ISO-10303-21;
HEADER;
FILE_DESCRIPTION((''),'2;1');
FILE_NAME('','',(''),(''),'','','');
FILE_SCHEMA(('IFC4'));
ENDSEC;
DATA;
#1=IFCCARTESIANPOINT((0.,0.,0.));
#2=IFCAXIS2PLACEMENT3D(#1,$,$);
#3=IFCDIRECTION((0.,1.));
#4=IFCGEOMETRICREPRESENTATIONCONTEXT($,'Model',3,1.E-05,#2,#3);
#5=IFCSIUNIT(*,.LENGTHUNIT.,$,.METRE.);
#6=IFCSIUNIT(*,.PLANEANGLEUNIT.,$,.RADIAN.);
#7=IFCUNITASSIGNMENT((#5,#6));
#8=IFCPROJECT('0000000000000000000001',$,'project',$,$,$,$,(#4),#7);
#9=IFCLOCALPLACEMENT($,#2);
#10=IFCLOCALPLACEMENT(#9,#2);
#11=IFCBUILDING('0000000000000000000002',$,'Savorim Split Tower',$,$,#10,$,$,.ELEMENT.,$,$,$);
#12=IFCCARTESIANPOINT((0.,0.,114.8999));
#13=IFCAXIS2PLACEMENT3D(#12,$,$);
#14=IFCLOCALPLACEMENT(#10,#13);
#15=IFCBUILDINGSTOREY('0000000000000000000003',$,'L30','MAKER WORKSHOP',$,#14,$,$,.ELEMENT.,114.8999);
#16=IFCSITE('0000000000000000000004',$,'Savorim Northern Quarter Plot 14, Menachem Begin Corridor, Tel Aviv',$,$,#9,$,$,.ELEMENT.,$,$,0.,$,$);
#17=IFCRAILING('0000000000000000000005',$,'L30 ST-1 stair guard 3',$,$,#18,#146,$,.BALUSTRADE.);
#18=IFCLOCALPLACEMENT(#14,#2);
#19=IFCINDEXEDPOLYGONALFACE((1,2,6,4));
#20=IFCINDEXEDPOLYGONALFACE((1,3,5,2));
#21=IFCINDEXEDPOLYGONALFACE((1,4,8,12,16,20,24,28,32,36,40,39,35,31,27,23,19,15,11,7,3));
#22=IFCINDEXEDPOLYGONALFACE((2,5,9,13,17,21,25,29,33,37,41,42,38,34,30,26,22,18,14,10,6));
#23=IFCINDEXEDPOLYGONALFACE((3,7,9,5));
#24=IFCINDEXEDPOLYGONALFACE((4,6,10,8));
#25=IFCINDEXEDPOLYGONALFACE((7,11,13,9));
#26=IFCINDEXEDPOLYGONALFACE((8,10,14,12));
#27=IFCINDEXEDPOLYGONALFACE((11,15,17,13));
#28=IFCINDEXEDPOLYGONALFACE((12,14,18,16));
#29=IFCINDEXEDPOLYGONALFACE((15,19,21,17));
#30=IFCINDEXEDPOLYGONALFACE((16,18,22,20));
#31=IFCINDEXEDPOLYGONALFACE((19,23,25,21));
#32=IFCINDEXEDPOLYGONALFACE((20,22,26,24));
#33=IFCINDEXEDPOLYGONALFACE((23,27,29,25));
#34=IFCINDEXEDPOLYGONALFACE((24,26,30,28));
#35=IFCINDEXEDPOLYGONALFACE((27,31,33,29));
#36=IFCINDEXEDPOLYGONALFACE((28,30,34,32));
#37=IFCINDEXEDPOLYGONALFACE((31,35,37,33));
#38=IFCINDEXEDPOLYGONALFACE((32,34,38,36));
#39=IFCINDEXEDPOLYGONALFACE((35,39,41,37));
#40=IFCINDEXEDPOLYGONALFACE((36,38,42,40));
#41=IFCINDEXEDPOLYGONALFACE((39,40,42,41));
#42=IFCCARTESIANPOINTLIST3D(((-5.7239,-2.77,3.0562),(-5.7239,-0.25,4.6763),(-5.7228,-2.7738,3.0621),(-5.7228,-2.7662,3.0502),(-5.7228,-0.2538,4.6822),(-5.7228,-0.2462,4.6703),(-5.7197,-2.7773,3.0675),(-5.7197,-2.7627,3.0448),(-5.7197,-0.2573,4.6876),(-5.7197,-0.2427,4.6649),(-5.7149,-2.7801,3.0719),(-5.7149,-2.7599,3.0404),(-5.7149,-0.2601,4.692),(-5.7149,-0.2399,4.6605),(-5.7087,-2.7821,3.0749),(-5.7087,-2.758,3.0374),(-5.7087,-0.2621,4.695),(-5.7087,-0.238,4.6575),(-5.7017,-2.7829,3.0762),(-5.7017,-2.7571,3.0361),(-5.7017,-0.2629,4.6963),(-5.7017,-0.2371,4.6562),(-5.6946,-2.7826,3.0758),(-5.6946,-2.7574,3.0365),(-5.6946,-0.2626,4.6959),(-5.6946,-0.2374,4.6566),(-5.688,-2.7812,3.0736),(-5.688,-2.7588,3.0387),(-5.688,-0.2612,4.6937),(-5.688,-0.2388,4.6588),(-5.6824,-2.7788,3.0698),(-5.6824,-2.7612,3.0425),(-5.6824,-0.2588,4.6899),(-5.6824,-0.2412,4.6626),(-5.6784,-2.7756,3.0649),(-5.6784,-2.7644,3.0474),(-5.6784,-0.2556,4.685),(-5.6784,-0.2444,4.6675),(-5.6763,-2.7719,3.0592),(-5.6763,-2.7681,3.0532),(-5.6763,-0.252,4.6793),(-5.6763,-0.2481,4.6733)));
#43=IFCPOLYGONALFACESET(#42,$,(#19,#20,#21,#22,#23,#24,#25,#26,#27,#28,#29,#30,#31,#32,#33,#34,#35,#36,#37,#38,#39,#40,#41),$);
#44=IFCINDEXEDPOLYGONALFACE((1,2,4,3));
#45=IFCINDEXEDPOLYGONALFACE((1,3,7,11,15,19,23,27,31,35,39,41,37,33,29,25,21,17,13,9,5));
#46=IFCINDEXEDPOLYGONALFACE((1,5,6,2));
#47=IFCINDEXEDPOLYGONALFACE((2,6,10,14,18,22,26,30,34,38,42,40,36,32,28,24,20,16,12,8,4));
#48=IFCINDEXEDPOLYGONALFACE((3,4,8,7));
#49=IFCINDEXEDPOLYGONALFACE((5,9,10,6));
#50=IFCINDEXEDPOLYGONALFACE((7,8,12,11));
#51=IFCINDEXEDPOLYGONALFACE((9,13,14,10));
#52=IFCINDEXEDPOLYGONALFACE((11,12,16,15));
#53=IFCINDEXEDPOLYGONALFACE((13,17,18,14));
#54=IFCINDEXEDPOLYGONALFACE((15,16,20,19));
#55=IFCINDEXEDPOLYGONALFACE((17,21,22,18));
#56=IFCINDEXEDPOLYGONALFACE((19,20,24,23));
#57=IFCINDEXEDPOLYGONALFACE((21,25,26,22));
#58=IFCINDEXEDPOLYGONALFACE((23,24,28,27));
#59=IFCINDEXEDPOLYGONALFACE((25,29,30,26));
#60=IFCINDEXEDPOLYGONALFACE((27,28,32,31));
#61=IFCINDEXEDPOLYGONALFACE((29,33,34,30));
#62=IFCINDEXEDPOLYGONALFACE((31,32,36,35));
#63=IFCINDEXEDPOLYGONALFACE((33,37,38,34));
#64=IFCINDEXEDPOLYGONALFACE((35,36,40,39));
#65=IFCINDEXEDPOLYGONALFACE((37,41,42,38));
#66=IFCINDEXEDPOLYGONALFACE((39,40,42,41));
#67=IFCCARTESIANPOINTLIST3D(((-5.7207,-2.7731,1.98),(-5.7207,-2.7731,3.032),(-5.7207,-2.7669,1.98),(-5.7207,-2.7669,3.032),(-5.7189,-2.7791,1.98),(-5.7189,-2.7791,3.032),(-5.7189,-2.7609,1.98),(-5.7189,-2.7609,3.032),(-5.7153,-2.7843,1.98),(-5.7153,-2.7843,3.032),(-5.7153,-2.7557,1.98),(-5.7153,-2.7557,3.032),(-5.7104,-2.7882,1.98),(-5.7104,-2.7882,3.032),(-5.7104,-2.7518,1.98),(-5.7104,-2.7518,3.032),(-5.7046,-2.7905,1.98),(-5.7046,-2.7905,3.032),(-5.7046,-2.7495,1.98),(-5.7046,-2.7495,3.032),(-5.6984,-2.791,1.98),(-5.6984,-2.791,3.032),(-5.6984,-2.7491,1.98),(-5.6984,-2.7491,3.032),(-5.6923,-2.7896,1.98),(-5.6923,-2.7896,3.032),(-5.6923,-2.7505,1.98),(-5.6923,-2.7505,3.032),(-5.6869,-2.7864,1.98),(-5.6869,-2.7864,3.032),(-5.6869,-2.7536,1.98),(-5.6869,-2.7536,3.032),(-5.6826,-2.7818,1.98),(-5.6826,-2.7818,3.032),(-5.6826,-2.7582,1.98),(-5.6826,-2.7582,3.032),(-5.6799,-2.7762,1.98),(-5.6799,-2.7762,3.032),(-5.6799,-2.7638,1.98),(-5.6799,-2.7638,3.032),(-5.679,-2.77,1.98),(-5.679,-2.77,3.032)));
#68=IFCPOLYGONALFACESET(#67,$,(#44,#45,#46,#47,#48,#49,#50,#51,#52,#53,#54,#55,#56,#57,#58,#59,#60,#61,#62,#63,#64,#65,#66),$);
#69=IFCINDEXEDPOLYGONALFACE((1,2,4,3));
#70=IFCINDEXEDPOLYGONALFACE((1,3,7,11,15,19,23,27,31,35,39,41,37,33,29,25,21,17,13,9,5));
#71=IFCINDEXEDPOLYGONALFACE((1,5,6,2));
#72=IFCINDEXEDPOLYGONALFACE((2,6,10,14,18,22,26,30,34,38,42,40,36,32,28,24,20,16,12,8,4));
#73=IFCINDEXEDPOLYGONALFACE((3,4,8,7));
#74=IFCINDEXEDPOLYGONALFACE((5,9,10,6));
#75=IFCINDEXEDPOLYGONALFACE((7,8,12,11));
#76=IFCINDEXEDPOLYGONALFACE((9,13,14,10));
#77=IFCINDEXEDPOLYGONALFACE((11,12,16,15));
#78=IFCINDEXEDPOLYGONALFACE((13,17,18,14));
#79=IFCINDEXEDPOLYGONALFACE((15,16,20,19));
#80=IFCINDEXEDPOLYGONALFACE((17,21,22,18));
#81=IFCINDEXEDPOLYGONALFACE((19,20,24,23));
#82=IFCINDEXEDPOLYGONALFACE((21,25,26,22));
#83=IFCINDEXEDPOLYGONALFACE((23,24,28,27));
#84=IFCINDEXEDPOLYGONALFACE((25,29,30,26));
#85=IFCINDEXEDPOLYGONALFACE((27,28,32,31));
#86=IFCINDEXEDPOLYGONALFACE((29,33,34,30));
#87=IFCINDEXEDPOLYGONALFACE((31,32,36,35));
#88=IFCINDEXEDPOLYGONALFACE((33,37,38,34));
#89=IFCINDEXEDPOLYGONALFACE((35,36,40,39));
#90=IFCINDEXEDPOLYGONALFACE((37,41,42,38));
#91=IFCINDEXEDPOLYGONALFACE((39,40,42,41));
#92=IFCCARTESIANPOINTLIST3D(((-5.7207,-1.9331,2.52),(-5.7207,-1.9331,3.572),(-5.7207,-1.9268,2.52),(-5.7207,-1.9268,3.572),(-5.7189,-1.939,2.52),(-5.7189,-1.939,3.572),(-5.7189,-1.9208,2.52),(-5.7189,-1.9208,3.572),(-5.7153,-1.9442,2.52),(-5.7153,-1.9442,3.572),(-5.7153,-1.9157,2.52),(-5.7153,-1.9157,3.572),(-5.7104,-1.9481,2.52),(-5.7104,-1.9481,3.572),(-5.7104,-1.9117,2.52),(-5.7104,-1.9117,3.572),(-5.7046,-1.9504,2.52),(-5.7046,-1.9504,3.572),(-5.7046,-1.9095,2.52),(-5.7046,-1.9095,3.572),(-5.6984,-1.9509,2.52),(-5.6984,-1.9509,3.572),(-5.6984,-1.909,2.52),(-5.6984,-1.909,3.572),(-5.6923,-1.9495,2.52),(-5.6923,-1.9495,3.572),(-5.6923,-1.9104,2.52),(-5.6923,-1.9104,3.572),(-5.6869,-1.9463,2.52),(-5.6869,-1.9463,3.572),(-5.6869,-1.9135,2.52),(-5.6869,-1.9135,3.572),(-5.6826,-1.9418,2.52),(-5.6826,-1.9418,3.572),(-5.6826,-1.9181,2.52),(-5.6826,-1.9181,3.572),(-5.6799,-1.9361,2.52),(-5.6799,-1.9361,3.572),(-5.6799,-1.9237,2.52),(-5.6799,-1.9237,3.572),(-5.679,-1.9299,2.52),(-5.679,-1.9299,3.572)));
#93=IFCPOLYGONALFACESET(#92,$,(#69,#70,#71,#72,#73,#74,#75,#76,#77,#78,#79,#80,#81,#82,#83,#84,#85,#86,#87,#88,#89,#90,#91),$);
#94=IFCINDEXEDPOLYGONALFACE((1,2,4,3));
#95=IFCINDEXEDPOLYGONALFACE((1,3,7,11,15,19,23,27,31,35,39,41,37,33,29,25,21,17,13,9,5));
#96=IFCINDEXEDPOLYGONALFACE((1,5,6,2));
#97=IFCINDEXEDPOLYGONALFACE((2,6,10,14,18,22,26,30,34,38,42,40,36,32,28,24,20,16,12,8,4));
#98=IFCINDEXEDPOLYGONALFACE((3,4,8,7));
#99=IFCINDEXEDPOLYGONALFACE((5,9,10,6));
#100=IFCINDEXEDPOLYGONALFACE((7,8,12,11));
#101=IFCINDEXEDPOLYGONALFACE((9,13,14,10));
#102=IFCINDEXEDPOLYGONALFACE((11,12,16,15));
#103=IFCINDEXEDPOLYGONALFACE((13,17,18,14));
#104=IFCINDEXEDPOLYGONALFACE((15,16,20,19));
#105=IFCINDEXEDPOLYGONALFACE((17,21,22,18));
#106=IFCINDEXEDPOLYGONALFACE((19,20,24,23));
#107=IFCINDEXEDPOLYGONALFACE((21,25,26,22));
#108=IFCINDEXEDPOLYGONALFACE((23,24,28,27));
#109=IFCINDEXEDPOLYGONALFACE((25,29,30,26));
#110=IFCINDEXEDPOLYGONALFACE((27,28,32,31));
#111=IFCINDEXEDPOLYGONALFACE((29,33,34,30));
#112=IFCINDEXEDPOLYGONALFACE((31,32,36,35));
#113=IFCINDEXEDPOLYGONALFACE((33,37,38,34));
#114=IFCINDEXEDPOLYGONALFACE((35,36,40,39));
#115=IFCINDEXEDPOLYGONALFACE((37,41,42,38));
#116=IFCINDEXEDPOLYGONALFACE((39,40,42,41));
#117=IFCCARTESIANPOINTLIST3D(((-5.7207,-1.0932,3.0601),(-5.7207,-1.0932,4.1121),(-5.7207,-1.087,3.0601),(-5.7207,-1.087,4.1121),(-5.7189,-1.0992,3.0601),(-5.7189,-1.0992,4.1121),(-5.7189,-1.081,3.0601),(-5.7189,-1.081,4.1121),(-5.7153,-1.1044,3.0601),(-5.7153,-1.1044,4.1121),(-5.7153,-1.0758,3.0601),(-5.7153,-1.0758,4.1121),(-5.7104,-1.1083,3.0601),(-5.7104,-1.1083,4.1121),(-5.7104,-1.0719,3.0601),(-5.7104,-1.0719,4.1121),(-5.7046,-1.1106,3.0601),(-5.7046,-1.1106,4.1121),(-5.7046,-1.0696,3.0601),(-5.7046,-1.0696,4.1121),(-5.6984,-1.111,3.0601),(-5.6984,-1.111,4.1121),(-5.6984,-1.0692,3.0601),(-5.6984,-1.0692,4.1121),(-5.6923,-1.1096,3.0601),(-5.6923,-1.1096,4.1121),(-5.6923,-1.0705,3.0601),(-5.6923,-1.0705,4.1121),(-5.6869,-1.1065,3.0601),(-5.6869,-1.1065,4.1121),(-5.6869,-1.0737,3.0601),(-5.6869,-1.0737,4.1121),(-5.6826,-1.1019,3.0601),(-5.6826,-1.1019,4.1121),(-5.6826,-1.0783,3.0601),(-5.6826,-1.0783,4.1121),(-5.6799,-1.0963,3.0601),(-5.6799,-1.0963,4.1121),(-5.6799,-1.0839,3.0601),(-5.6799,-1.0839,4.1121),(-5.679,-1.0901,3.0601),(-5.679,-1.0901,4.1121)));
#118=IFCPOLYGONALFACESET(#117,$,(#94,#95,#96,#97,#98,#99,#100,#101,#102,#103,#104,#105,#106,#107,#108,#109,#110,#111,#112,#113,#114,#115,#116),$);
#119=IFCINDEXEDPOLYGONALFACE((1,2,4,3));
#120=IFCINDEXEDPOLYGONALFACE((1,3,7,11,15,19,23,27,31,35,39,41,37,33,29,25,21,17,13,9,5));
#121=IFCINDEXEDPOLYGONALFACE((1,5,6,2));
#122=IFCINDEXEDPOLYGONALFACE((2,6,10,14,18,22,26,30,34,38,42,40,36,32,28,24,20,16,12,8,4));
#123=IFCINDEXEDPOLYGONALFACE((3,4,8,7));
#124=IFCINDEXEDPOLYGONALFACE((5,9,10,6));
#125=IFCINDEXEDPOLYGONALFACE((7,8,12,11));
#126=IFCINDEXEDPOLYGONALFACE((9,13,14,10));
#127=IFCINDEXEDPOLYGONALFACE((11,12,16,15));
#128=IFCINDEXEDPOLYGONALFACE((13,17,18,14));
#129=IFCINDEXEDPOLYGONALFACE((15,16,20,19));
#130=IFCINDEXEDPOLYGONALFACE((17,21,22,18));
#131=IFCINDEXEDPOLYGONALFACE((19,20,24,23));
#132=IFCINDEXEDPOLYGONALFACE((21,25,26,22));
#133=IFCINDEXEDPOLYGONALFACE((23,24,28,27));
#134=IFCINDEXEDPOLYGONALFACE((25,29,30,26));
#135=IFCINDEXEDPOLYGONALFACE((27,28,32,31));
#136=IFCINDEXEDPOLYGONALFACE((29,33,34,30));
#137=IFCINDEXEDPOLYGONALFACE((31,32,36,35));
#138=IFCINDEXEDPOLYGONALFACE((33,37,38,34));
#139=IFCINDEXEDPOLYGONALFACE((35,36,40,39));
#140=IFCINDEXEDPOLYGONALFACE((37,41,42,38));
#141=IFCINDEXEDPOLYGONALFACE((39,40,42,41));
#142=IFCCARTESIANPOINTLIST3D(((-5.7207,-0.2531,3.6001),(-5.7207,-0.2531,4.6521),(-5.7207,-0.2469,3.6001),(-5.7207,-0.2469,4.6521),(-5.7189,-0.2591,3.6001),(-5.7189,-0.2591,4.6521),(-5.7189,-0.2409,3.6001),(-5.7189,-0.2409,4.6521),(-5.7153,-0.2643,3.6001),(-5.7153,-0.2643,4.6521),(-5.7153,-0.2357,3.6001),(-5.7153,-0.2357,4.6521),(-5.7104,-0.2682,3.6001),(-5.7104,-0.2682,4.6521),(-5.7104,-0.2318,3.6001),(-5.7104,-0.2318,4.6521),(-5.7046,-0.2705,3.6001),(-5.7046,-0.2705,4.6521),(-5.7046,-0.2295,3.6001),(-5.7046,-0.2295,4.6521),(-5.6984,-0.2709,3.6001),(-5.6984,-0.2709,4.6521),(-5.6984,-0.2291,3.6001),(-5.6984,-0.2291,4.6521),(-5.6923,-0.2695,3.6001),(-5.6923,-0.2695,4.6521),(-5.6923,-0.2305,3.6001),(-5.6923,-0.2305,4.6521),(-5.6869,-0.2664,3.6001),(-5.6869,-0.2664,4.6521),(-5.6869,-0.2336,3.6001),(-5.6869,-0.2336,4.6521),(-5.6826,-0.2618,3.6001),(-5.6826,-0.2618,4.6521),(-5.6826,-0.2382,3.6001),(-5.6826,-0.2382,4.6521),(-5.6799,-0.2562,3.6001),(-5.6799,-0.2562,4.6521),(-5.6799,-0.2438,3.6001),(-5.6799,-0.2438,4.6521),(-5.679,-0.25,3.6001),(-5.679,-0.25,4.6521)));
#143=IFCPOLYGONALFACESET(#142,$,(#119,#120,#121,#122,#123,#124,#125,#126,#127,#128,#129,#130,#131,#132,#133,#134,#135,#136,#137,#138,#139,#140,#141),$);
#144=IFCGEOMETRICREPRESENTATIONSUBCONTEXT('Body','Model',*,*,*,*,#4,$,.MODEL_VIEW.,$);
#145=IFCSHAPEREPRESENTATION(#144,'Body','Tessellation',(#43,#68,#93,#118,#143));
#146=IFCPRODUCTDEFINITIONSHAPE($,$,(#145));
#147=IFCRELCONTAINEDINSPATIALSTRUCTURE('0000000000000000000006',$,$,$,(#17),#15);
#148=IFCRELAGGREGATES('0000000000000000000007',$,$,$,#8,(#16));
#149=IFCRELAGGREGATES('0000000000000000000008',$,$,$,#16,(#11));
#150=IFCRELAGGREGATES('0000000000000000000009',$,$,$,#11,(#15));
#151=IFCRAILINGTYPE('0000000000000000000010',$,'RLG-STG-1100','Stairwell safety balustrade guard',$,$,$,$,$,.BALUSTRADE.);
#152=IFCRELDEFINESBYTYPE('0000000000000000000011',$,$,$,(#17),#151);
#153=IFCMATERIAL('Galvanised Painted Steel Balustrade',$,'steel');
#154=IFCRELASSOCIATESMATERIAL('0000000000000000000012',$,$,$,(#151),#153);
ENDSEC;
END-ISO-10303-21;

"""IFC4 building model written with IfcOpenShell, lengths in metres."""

from ifc_helpers import new_model, si_unit, direction, frame, origin, origin_2d, place, context, subcontext, project, spatial, circle, extrude, material, type_object, element, save


model = new_model("IFC4")

# Units and contexts
model_context = context("Model", 3, precision=1e-05, world=origin(), true_north=direction((0.0, 1.0)))
body_context = subcontext(model_context, "Body", "Model", "MODEL_VIEW")
ifc_project = project(units=[si_unit("LENGTHUNIT", "METRE"), si_unit("PLANEANGLEUNIT", "RADIAN")], contexts=[model_context])

# Site, building, storey
site_placement = place(None, origin())
site = spatial("IfcSite", under=ifc_project, at=site_placement, Name="Savorim Northern Quarter Plot 14, Menachem Begin Corridor, Tel Aviv", CompositionType="ELEMENT", RefElevation=0.0)
building_placement = place(site_placement, origin())
building = spatial("IfcBuilding", under=site, at=building_placement, Name="Savorim Split Tower", CompositionType="ELEMENT")
storey_placement = place(building_placement, frame((0.0, 0.0, 114.8999)))
storey = spatial("IfcBuildingStorey", under=building, at=storey_placement, Name="L30", Description="MAKER WORKSHOP", CompositionType="ELEMENT", Elevation=114.8999)

# Railing
ifc_material_1 = material(Name="Galvanised Painted Steel Balustrade", Category="steel")
railing_type_1 = type_object("IfcRailingType", Name="RLG-STG-1100", Description="Stairwell safety balustrade guard", PredefinedType="BALUSTRADE", material=ifc_material_1)
railing_1_placement = place(storey_placement, frame((-5.7, -2.77, 1.98)))
element("IfcRailing", 1, at=railing_1_placement, inside=storey, type_object=railing_type_1, Name="L30 ST-1 stair guard 3", PredefinedType="BALUSTRADE", context=body_context, shape_type="SweptSolid", body=[
    extrude(circle(Radius=0.0239, at=origin_2d()), frame((0.0, 0.0, 1.0762), z_axis=(0.0, 0.841163, 0.540782), x_axis=(-1.0, 0.0, 0.0)), (0.0, 0.0, 1.0), 2.9958),
    extrude(circle(Radius=0.021, at=origin_2d()), origin(), (0.0, 0.0, 1.0), 1.052),
    extrude(circle(Radius=0.021, at=origin_2d()), frame((0.0, 0.8401, 0.54)), (0.0, 0.0, 1.0), 1.052),
    extrude(circle(Radius=0.021, at=origin_2d()), frame((0.0, 1.6799, 1.0801)), (0.0, 0.0, 1.0), 1.052),
    extrude(circle(Radius=0.021, at=origin_2d()), frame((0.0, 2.52, 1.6201)), (0.0, 0.0, 1.0), 1.052),
])

save(model, "model.ifc")
